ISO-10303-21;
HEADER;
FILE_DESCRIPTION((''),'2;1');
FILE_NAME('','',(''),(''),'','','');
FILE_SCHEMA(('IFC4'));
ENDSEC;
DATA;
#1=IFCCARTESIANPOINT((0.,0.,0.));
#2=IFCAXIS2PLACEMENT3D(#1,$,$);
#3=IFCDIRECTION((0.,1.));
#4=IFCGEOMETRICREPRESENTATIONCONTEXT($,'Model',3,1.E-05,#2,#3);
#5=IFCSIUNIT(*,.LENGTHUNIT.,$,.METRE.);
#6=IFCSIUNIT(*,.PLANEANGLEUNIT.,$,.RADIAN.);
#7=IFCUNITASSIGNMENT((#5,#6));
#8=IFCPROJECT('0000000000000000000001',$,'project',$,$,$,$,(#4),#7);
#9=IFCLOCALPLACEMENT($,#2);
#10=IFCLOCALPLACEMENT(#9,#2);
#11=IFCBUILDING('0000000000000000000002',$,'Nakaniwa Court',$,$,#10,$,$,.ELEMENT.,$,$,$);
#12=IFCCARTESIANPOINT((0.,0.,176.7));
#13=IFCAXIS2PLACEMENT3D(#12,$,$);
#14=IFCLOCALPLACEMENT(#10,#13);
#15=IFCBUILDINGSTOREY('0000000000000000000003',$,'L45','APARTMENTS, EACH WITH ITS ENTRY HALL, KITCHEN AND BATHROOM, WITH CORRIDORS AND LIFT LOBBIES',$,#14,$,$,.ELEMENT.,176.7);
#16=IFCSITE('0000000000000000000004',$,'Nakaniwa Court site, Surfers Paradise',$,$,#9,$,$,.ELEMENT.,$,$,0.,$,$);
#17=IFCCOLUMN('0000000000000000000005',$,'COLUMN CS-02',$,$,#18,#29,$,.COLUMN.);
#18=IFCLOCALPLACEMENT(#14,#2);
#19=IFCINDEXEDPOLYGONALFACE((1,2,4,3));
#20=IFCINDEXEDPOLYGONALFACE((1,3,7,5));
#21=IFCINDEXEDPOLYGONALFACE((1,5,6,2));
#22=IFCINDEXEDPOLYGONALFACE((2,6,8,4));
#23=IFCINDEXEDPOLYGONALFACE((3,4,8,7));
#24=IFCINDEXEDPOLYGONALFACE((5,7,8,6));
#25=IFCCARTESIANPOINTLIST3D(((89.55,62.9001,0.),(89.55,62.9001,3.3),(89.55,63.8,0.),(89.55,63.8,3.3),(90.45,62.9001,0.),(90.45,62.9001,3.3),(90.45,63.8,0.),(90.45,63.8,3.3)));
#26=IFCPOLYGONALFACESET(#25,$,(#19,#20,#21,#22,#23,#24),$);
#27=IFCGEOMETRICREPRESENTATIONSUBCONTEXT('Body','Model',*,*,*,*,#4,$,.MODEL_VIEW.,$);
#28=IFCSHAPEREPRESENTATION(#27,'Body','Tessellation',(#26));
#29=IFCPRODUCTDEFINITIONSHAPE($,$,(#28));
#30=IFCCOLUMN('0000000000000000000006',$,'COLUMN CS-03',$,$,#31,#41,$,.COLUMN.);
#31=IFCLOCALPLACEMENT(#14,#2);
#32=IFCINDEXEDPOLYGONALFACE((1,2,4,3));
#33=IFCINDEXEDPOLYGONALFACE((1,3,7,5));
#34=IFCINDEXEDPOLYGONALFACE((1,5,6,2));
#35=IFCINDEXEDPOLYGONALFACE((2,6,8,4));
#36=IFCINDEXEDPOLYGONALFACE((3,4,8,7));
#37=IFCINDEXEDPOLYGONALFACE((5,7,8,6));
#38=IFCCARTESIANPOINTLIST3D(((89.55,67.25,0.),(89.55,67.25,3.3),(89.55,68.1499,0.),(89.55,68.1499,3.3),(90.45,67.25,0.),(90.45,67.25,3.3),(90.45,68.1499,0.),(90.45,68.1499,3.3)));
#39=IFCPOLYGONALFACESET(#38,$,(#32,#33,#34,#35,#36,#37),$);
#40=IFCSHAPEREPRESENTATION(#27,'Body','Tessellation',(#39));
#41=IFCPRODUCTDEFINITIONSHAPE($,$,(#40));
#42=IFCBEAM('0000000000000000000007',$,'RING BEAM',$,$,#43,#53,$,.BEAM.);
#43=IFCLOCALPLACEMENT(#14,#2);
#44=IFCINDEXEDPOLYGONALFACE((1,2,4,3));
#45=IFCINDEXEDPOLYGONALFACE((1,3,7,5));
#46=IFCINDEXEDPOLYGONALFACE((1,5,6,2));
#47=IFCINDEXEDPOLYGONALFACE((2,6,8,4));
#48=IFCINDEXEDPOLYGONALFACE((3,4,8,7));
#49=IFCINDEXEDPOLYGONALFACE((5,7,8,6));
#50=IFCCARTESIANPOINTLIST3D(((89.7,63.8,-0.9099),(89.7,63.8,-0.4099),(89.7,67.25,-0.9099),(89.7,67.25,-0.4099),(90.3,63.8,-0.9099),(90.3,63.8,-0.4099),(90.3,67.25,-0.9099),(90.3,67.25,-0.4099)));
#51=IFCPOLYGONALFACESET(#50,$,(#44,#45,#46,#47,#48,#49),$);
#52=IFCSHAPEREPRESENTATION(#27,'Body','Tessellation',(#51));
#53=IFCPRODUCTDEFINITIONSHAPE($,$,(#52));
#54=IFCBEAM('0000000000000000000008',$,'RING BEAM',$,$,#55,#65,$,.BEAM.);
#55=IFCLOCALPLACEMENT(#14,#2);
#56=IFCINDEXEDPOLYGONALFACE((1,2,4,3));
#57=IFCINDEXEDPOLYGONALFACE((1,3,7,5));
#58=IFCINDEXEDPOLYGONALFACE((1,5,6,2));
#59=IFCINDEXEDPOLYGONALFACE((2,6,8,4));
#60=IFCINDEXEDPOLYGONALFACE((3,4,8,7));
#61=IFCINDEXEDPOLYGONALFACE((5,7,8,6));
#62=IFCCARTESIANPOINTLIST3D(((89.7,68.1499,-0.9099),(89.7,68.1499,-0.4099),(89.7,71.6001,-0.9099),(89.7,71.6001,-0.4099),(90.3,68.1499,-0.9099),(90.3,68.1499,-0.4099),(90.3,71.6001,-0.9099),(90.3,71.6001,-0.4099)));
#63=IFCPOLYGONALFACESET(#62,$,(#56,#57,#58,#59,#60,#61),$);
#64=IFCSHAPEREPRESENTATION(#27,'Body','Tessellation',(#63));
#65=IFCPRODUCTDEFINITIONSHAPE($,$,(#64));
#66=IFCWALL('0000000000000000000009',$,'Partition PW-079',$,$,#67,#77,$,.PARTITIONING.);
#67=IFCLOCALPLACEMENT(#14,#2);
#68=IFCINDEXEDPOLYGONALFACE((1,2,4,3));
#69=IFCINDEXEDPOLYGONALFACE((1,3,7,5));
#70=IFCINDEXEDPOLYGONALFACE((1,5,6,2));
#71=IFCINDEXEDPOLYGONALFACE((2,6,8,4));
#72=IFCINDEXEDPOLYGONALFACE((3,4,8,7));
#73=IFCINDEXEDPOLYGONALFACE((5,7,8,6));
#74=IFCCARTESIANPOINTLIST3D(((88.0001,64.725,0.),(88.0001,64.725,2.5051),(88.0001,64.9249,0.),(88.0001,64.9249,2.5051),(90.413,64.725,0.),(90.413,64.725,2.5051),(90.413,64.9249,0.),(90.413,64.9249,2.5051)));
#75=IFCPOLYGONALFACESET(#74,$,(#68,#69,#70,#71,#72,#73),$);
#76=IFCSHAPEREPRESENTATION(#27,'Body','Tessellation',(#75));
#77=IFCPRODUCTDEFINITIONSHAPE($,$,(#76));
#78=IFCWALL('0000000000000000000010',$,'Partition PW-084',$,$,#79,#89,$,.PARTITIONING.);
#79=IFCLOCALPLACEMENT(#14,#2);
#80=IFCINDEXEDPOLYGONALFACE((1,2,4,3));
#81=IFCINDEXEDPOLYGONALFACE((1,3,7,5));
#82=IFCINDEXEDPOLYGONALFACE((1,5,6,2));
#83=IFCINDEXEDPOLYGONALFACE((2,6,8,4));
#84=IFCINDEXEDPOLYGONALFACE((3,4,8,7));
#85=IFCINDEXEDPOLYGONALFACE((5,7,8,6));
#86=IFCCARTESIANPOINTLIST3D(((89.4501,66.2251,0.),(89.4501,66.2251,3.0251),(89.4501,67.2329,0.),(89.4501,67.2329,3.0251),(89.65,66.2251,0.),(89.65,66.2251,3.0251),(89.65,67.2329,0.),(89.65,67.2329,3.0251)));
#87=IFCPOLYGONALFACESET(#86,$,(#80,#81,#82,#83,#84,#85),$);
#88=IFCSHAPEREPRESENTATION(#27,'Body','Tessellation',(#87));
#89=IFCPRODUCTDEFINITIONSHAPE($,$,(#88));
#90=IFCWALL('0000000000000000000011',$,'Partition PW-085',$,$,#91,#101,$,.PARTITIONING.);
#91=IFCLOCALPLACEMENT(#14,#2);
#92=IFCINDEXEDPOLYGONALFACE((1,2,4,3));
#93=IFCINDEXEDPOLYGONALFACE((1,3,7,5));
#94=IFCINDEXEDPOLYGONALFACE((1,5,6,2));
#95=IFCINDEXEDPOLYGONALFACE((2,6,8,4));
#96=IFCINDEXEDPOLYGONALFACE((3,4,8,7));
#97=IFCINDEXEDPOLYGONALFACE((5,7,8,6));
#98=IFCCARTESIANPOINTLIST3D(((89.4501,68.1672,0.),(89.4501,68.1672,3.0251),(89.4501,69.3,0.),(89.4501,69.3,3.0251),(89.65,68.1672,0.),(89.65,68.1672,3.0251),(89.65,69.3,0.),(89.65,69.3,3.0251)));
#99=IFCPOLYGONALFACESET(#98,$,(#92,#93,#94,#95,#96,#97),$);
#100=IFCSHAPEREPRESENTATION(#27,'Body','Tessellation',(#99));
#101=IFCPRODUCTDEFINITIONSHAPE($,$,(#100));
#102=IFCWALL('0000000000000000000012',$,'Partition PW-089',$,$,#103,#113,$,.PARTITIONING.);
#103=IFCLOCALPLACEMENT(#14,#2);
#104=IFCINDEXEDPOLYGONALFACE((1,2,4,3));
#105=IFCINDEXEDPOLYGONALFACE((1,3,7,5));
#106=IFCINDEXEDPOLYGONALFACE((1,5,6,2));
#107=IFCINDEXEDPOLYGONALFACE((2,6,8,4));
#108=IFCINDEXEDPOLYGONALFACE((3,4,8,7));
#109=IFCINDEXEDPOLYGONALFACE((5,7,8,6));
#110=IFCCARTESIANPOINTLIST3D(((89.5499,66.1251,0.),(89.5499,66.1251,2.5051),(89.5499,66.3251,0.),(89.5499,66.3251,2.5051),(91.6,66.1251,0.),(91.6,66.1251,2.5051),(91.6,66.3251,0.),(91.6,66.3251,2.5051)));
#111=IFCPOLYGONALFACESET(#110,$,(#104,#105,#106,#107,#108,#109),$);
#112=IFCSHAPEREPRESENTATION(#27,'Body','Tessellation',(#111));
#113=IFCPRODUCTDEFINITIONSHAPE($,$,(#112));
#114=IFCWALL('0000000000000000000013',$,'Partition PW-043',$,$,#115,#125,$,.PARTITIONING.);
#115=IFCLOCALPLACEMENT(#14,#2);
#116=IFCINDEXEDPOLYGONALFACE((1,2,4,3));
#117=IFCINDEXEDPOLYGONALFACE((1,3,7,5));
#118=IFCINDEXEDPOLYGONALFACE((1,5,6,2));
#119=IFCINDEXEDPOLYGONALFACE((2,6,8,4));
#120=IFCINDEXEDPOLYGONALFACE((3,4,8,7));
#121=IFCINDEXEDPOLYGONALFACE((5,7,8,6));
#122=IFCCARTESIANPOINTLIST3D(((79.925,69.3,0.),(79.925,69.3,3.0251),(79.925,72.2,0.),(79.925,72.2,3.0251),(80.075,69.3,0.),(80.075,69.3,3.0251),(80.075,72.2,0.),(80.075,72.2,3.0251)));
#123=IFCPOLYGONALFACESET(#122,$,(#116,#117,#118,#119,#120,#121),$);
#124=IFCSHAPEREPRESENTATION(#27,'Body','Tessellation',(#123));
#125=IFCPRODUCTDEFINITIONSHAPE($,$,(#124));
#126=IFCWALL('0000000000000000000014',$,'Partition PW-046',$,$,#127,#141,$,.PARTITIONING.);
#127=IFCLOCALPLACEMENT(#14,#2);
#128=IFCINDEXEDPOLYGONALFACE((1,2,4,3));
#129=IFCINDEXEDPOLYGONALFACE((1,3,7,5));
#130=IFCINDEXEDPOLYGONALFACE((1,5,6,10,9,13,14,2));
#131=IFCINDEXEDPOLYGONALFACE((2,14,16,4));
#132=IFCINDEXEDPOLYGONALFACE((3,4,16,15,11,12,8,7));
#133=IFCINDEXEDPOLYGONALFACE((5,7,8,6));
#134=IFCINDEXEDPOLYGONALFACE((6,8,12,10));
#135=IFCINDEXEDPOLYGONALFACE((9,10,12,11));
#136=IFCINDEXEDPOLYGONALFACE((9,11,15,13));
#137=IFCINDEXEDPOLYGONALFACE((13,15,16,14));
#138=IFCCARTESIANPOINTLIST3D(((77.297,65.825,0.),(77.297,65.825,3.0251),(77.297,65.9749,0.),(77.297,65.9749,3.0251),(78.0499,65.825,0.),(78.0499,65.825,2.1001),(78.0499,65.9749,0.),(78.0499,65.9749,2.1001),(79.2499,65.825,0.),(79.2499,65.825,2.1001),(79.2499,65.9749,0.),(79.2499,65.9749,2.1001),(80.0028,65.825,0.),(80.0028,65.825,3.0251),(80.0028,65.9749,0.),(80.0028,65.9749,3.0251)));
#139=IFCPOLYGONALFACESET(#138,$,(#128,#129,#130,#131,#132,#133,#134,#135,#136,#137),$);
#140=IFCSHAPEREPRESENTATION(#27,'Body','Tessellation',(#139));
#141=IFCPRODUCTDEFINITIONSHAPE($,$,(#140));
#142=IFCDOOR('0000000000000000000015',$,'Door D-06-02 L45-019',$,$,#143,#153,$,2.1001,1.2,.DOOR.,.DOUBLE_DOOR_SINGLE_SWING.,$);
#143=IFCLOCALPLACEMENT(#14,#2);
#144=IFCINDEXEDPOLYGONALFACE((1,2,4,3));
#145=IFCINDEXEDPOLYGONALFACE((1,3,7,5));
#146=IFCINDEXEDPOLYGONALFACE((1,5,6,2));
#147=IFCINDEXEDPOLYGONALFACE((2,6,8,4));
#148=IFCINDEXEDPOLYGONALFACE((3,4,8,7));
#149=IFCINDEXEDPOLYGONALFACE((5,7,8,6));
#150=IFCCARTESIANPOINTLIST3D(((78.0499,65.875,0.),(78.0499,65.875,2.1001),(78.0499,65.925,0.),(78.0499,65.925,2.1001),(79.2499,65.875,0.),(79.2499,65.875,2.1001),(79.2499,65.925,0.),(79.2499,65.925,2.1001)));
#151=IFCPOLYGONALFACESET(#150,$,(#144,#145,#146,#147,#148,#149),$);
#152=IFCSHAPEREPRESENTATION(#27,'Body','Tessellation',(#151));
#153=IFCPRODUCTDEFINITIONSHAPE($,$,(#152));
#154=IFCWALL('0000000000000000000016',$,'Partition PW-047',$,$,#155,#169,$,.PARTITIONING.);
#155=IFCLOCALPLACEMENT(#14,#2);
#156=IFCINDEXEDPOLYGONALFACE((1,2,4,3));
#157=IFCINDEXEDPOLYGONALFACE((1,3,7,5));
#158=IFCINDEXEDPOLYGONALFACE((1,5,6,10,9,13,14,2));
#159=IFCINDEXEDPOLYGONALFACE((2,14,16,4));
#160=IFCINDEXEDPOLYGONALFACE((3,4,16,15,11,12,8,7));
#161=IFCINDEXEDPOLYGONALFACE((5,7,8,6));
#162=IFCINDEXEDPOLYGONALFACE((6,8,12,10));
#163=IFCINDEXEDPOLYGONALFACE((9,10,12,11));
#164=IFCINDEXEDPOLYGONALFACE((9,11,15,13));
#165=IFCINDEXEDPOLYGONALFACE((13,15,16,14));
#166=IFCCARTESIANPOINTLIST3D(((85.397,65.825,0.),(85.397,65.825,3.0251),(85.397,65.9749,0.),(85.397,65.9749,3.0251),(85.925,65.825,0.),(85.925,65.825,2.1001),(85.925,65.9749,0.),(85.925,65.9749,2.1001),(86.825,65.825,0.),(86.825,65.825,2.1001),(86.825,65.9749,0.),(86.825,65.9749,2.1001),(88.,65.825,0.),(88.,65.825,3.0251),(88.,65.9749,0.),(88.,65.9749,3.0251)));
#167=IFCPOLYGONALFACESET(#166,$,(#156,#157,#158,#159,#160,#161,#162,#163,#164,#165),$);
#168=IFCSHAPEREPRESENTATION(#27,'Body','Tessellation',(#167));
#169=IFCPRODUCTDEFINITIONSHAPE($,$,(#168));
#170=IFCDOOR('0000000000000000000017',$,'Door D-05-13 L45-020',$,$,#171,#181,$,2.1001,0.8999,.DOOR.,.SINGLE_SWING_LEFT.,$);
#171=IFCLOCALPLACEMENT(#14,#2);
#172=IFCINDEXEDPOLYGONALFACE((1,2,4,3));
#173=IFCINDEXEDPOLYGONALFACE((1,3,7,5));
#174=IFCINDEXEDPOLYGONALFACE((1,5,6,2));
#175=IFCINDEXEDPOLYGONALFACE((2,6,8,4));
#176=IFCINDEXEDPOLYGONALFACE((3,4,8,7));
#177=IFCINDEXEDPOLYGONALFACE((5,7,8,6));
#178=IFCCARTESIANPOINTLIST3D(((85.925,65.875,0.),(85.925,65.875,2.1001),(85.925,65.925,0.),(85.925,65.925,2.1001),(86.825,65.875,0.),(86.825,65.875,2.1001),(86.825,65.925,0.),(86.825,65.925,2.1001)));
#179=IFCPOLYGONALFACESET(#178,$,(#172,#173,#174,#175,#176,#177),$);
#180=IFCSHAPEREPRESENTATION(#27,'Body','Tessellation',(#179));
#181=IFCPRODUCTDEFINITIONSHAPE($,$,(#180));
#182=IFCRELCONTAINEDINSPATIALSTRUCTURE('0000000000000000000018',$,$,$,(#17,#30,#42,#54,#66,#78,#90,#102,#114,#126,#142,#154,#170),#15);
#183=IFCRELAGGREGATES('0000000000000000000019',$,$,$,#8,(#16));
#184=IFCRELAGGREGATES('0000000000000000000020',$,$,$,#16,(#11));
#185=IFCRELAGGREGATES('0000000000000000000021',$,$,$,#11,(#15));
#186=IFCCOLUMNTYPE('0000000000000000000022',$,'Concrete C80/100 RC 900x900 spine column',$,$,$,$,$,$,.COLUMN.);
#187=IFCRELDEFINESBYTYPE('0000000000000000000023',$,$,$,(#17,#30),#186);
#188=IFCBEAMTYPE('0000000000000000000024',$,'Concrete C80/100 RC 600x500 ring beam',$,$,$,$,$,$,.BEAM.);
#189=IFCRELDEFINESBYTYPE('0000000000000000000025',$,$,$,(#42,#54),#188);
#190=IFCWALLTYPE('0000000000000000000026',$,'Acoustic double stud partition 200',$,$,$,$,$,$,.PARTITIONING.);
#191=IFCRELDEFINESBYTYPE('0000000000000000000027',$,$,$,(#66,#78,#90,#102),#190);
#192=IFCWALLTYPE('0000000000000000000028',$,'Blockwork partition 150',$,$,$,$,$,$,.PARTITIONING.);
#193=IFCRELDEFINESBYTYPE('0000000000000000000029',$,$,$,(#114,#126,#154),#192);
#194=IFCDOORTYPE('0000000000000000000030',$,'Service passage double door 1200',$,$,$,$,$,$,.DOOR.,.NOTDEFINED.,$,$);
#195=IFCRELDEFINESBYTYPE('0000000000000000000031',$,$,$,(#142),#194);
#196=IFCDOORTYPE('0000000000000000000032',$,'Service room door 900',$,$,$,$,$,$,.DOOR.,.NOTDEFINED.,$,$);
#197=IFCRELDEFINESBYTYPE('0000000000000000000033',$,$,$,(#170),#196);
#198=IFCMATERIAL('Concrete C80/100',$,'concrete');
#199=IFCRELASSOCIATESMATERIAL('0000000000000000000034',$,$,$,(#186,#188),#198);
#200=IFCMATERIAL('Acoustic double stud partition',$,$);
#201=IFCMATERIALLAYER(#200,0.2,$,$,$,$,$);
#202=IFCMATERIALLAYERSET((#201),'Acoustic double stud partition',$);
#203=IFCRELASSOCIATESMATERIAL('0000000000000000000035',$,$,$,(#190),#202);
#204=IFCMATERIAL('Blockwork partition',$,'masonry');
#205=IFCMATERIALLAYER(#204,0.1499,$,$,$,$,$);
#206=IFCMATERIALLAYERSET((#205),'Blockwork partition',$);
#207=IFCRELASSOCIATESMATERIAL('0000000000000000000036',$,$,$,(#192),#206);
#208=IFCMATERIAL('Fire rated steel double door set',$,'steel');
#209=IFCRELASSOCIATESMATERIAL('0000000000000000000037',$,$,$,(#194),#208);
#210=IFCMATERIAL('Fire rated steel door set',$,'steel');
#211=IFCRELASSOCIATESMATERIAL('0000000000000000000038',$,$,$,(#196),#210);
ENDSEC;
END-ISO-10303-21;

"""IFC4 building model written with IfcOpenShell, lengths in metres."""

from ifc_helpers import new_model, si_unit, direction, frame, frame_2d, origin, origin_2d, place, context, subcontext, project, spatial, rectangle, extrude, material, layer, layer_set, material_profile, profile_set, type_object, element, fill, save


model = new_model("IFC4")

# Units and contexts
model_context = context("Model", 3, precision=1e-05, world=origin(), true_north=direction((0.0, 1.0)))
body_context = subcontext(model_context, "Body", "Model", "MODEL_VIEW")
ifc_project = project(units=[si_unit("LENGTHUNIT", "METRE"), si_unit("PLANEANGLEUNIT", "RADIAN")], contexts=[model_context])

# Site, building, storey
site_placement = place(None, origin())
site = spatial("IfcSite", under=ifc_project, at=site_placement, Name="Nakaniwa Court site, Surfers Paradise", CompositionType="ELEMENT", RefElevation=0.0)
building_placement = place(site_placement, origin())
building = spatial("IfcBuilding", under=site, at=building_placement, Name="Nakaniwa Court", CompositionType="ELEMENT")
storey_placement = place(building_placement, frame((0.0, 0.0, 176.7)))
storey = spatial("IfcBuildingStorey", under=building, at=storey_placement, Name="L45", Description="APARTMENTS, EACH WITH ITS ENTRY HALL, KITCHEN AND BATHROOM, WITH CORRIDORS AND LIFT LOBBIES", CompositionType="ELEMENT", Elevation=176.7)

# Columns
ifc_material_1 = material(Name="Concrete C80/100", Category="concrete")
ifc_material_profile_1 = material_profile(ifc_material_1, rectangle(XDim=0.8999, YDim=0.8999, at=origin_2d()), Name="Concrete C80/100 RC 900x900 spine column")
ifc_profile_set_1 = profile_set([ifc_material_profile_1], Name="Concrete C80/100")
column_type = type_object("IfcColumnType", Name="Concrete C80/100 RC 900x900 spine column", PredefinedType="COLUMN", material=ifc_profile_set_1)
for number, where, z_axis, x_axis, name in (
    (1, (90.0, 63.3501, 0.0), (0.0, 0.0, 1.0), (0.0, 1.0, 0.0), "COLUMN CS-02"),
    (2, (90.0, 67.7, 0.0), (0.0, 0.0, 1.0), (0.0, 1.0, 0.0), "COLUMN CS-03"),
):
    element("IfcColumn", number, at=place(storey_placement, frame(where, z_axis=z_axis, x_axis=x_axis)), inside=storey, type_object=column_type, Name=name, PredefinedType="COLUMN", context=body_context, shape_type="SweptSolid", body=[
        extrude(rectangle(XDim=0.8999, YDim=0.8999, at=origin_2d()), origin(), (0.0, 0.0, 1.0), 3.3),
    ])

# Beams
ifc_material_profile_2 = material_profile(ifc_material_1, rectangle(XDim=0.6001, YDim=0.5, at=origin_2d()), Name="Concrete C80/100 RC 600x500 ring beam")
ifc_profile_set_2 = profile_set([ifc_material_profile_2], Name="Concrete C80/100")
beam_type = type_object("IfcBeamType", Name="Concrete C80/100 RC 600x500 ring beam", PredefinedType="BEAM", material=ifc_profile_set_2)
beam_1_placement = place(storey_placement, frame((90.0, 63.8, -0.6599), z_axis=(0.0, 1.0, 0.0), x_axis=(-1.0, 0.0, 0.0)))
element("IfcBeam", 3, at=beam_1_placement, inside=storey, type_object=beam_type, Name="RING BEAM", PredefinedType="BEAM", context=body_context, shape_type="SweptSolid", body=[
    extrude(rectangle(XDim=0.6001, YDim=0.5, at=origin_2d()), origin(), (0.0, 0.0, 1.0), 3.45),
])
beam_2_placement = place(storey_placement, frame((90.0, 68.1499, -0.6599), z_axis=(0.0, 1.0, 0.0), x_axis=(-1.0, 0.0, 0.0)))
element("IfcBeam", 4, at=beam_2_placement, inside=storey, type_object=beam_type, Name="RING BEAM", PredefinedType="BEAM", context=body_context, shape_type="SweptSolid", body=[
    extrude(rectangle(XDim=0.6001, YDim=0.5, at=origin_2d()), origin(), (0.0, 0.0, 1.0), 3.4502),
])

# Walls
ifc_material_2 = material(Name="Acoustic double stud partition")
ifc_layer_1 = layer(ifc_material_2, 0.2)
ifc_layer_set_1 = layer_set([ifc_layer_1], Name="Acoustic double stud partition")
wall_type_1 = type_object("IfcWallType", Name="Acoustic double stud partition 200", PredefinedType="PARTITIONING", material=ifc_layer_set_1)
wall_1_placement = place(storey_placement, frame((88.0, 64.825, 0.0), z_axis=(0.0, 0.0, 1.0), x_axis=(1.0, 0.0, 0.0)))
element("IfcWall", 5, at=wall_1_placement, inside=storey, type_object=wall_type_1, Name="Partition PW-079", PredefinedType="PARTITIONING", context=body_context, shape_type="SweptSolid", body=[
    extrude(rectangle(XDim=2.4128, YDim=0.2, at=frame_2d((1.2065, 0.0))), origin(), (0.0, 0.0, 1.0), 2.5051),
])
wall_2_placement = place(storey_placement, frame((89.55, 66.2251, 0.0), z_axis=(0.0, 0.0, 1.0), x_axis=(0.0, 1.0, 0.0)))
element("IfcWall", 6, at=wall_2_placement, inside=storey, type_object=wall_type_1, Name="Partition PW-084", PredefinedType="PARTITIONING", context=body_context, shape_type="SweptSolid", body=[
    extrude(rectangle(XDim=1.0078, YDim=0.2, at=frame_2d((0.5039, 0.0))), origin(), (0.0, 0.0, 1.0), 3.0251),
])
wall_3_placement = place(storey_placement, frame((89.55, 68.1672, 0.0), z_axis=(0.0, 0.0, 1.0), x_axis=(0.0, 1.0, 0.0)))
element("IfcWall", 7, at=wall_3_placement, inside=storey, type_object=wall_type_1, Name="Partition PW-085", PredefinedType="PARTITIONING", context=body_context, shape_type="SweptSolid", body=[
    extrude(rectangle(XDim=1.1328, YDim=0.2, at=frame_2d((0.5664, 0.0))), origin(), (0.0, 0.0, 1.0), 3.0251),
])
wall_4_placement = place(storey_placement, frame((89.55, 66.2251, 0.0), z_axis=(0.0, 0.0, 1.0), x_axis=(1.0, 0.0, 0.0)))
element("IfcWall", 8, at=wall_4_placement, inside=storey, type_object=wall_type_1, Name="Partition PW-089", PredefinedType="PARTITIONING", context=body_context, shape_type="SweptSolid", body=[
    extrude(rectangle(XDim=2.05, YDim=0.2, at=frame_2d((1.0249, 0.0))), origin(), (0.0, 0.0, 1.0), 2.5051),
])
ifc_material_3 = material(Name="Blockwork partition", Category="masonry")
ifc_layer_2 = layer(ifc_material_3, 0.1499)
ifc_layer_set_2 = layer_set([ifc_layer_2], Name="Blockwork partition")
wall_type_2 = type_object("IfcWallType", Name="Blockwork partition 150", PredefinedType="PARTITIONING", material=ifc_layer_set_2)
wall_5_placement = place(storey_placement, frame((80.0, 69.3, 0.0), z_axis=(0.0, 0.0, 1.0), x_axis=(0.0, 1.0, 0.0)))
element("IfcWall", 9, at=wall_5_placement, inside=storey, type_object=wall_type_2, Name="Partition PW-043", PredefinedType="PARTITIONING", context=body_context, shape_type="SweptSolid", body=[
    extrude(rectangle(XDim=2.8999, YDim=0.1499, at=frame_2d((1.45, 0.0))), origin(), (0.0, 0.0, 1.0), 3.0251),
])

# Walls, openings, doors
wall_6_placement = place(storey_placement, frame((80.0029, 65.8999, 0.0), z_axis=(0.0, 0.0, 1.0), x_axis=(-1.0, 0.0, 0.0)))
wall_6 = element("IfcWall", 10, at=wall_6_placement, inside=storey, type_object=wall_type_2, Name="Partition PW-046", PredefinedType="PARTITIONING", context=body_context, shape_type="SweptSolid", body=[
    extrude(rectangle(XDim=2.7058, YDim=0.1499, at=frame_2d((1.353, 0.0))), origin(), (0.0, 0.0, 1.0), 3.0251),
])
opening_1_placement = place(wall_6_placement, frame((0.7529, 0.0, 0.0)))
opening_1 = element("IfcOpeningElement", 11, at=opening_1_placement, cuts=wall_6, PredefinedType="OPENING", context=body_context, shape_type="SweptSolid", body=[
    extrude(rectangle(XDim=1.2, YDim=2.1001, at=frame_2d((0.6001, 1.05))), frame((0.0, 0.085, 0.0), z_axis=(0.0, -1.0, 0.0), x_axis=(1.0, 0.0, 0.0)), (0.0, 0.0, 1.0), 0.1699),
])
ifc_material_4 = material(Name="Fire rated steel double door set", Category="steel")
door_type_1 = type_object("IfcDoorType", Name="Service passage double door 1200", OperationType="NOTDEFINED", PredefinedType="DOOR", material=ifc_material_4)
door_1_placement = place(opening_1_placement, origin())
door_1 = element("IfcDoor", 12, at=door_1_placement, inside=storey, type_object=door_type_1, Name="Door D-06-02 L45-019", OperationType="DOUBLE_DOOR_SINGLE_SWING", OverallHeight=2.1001, OverallWidth=1.2, PredefinedType="DOOR", context=body_context, shape_type="SweptSolid", body=[
    extrude(rectangle(XDim=1.2, YDim=2.1001, at=frame_2d((0.6001, 1.05))), frame((0.0, 0.0249, 0.0), z_axis=(0.0, -1.0, 0.0), x_axis=(1.0, 0.0, 0.0)), (0.0, 0.0, 1.0), 0.05),
])
fill(opening_1, door_1)
wall_7_placement = place(storey_placement, frame((88.0, 65.8999, 0.0), z_axis=(0.0, 0.0, 1.0), x_axis=(-1.0, 0.0, 0.0)))
wall_7 = element("IfcWall", 13, at=wall_7_placement, inside=storey, type_object=wall_type_2, Name="Partition PW-047", PredefinedType="PARTITIONING", context=body_context, shape_type="SweptSolid", body=[
    extrude(rectangle(XDim=2.603, YDim=0.1499, at=frame_2d((1.3015, 0.0))), origin(), (0.0, 0.0, 1.0), 3.0251),
])
opening_2_placement = place(wall_7_placement, frame((1.175, 0.0, 0.0)))
opening_2 = element("IfcOpeningElement", 14, at=opening_2_placement, cuts=wall_7, PredefinedType="OPENING", context=body_context, shape_type="SweptSolid", body=[
    extrude(rectangle(XDim=0.8999, YDim=2.1001, at=frame_2d((0.45, 1.05))), frame((0.0, 0.085, 0.0), z_axis=(0.0, -1.0, 0.0), x_axis=(1.0, 0.0, 0.0)), (0.0, 0.0, 1.0), 0.1699),
])
ifc_material_5 = material(Name="Fire rated steel door set", Category="steel")
door_type_2 = type_object("IfcDoorType", Name="Service room door 900", OperationType="NOTDEFINED", PredefinedType="DOOR", material=ifc_material_5)
door_2_placement = place(opening_2_placement, origin())
door_2 = element("IfcDoor", 15, at=door_2_placement, inside=storey, type_object=door_type_2, Name="Door D-05-13 L45-020", OperationType="SINGLE_SWING_LEFT", OverallHeight=2.1001, OverallWidth=0.8999, PredefinedType="DOOR", context=body_context, shape_type="SweptSolid", body=[
    extrude(rectangle(XDim=0.8999, YDim=2.1001, at=frame_2d((0.45, 1.05))), frame((0.0, 0.0249, 0.0), z_axis=(0.0, -1.0, 0.0), x_axis=(1.0, 0.0, 0.0)), (0.0, 0.0, 1.0), 0.05),
])
fill(opening_2, door_2)

save(model, "model.ifc")
